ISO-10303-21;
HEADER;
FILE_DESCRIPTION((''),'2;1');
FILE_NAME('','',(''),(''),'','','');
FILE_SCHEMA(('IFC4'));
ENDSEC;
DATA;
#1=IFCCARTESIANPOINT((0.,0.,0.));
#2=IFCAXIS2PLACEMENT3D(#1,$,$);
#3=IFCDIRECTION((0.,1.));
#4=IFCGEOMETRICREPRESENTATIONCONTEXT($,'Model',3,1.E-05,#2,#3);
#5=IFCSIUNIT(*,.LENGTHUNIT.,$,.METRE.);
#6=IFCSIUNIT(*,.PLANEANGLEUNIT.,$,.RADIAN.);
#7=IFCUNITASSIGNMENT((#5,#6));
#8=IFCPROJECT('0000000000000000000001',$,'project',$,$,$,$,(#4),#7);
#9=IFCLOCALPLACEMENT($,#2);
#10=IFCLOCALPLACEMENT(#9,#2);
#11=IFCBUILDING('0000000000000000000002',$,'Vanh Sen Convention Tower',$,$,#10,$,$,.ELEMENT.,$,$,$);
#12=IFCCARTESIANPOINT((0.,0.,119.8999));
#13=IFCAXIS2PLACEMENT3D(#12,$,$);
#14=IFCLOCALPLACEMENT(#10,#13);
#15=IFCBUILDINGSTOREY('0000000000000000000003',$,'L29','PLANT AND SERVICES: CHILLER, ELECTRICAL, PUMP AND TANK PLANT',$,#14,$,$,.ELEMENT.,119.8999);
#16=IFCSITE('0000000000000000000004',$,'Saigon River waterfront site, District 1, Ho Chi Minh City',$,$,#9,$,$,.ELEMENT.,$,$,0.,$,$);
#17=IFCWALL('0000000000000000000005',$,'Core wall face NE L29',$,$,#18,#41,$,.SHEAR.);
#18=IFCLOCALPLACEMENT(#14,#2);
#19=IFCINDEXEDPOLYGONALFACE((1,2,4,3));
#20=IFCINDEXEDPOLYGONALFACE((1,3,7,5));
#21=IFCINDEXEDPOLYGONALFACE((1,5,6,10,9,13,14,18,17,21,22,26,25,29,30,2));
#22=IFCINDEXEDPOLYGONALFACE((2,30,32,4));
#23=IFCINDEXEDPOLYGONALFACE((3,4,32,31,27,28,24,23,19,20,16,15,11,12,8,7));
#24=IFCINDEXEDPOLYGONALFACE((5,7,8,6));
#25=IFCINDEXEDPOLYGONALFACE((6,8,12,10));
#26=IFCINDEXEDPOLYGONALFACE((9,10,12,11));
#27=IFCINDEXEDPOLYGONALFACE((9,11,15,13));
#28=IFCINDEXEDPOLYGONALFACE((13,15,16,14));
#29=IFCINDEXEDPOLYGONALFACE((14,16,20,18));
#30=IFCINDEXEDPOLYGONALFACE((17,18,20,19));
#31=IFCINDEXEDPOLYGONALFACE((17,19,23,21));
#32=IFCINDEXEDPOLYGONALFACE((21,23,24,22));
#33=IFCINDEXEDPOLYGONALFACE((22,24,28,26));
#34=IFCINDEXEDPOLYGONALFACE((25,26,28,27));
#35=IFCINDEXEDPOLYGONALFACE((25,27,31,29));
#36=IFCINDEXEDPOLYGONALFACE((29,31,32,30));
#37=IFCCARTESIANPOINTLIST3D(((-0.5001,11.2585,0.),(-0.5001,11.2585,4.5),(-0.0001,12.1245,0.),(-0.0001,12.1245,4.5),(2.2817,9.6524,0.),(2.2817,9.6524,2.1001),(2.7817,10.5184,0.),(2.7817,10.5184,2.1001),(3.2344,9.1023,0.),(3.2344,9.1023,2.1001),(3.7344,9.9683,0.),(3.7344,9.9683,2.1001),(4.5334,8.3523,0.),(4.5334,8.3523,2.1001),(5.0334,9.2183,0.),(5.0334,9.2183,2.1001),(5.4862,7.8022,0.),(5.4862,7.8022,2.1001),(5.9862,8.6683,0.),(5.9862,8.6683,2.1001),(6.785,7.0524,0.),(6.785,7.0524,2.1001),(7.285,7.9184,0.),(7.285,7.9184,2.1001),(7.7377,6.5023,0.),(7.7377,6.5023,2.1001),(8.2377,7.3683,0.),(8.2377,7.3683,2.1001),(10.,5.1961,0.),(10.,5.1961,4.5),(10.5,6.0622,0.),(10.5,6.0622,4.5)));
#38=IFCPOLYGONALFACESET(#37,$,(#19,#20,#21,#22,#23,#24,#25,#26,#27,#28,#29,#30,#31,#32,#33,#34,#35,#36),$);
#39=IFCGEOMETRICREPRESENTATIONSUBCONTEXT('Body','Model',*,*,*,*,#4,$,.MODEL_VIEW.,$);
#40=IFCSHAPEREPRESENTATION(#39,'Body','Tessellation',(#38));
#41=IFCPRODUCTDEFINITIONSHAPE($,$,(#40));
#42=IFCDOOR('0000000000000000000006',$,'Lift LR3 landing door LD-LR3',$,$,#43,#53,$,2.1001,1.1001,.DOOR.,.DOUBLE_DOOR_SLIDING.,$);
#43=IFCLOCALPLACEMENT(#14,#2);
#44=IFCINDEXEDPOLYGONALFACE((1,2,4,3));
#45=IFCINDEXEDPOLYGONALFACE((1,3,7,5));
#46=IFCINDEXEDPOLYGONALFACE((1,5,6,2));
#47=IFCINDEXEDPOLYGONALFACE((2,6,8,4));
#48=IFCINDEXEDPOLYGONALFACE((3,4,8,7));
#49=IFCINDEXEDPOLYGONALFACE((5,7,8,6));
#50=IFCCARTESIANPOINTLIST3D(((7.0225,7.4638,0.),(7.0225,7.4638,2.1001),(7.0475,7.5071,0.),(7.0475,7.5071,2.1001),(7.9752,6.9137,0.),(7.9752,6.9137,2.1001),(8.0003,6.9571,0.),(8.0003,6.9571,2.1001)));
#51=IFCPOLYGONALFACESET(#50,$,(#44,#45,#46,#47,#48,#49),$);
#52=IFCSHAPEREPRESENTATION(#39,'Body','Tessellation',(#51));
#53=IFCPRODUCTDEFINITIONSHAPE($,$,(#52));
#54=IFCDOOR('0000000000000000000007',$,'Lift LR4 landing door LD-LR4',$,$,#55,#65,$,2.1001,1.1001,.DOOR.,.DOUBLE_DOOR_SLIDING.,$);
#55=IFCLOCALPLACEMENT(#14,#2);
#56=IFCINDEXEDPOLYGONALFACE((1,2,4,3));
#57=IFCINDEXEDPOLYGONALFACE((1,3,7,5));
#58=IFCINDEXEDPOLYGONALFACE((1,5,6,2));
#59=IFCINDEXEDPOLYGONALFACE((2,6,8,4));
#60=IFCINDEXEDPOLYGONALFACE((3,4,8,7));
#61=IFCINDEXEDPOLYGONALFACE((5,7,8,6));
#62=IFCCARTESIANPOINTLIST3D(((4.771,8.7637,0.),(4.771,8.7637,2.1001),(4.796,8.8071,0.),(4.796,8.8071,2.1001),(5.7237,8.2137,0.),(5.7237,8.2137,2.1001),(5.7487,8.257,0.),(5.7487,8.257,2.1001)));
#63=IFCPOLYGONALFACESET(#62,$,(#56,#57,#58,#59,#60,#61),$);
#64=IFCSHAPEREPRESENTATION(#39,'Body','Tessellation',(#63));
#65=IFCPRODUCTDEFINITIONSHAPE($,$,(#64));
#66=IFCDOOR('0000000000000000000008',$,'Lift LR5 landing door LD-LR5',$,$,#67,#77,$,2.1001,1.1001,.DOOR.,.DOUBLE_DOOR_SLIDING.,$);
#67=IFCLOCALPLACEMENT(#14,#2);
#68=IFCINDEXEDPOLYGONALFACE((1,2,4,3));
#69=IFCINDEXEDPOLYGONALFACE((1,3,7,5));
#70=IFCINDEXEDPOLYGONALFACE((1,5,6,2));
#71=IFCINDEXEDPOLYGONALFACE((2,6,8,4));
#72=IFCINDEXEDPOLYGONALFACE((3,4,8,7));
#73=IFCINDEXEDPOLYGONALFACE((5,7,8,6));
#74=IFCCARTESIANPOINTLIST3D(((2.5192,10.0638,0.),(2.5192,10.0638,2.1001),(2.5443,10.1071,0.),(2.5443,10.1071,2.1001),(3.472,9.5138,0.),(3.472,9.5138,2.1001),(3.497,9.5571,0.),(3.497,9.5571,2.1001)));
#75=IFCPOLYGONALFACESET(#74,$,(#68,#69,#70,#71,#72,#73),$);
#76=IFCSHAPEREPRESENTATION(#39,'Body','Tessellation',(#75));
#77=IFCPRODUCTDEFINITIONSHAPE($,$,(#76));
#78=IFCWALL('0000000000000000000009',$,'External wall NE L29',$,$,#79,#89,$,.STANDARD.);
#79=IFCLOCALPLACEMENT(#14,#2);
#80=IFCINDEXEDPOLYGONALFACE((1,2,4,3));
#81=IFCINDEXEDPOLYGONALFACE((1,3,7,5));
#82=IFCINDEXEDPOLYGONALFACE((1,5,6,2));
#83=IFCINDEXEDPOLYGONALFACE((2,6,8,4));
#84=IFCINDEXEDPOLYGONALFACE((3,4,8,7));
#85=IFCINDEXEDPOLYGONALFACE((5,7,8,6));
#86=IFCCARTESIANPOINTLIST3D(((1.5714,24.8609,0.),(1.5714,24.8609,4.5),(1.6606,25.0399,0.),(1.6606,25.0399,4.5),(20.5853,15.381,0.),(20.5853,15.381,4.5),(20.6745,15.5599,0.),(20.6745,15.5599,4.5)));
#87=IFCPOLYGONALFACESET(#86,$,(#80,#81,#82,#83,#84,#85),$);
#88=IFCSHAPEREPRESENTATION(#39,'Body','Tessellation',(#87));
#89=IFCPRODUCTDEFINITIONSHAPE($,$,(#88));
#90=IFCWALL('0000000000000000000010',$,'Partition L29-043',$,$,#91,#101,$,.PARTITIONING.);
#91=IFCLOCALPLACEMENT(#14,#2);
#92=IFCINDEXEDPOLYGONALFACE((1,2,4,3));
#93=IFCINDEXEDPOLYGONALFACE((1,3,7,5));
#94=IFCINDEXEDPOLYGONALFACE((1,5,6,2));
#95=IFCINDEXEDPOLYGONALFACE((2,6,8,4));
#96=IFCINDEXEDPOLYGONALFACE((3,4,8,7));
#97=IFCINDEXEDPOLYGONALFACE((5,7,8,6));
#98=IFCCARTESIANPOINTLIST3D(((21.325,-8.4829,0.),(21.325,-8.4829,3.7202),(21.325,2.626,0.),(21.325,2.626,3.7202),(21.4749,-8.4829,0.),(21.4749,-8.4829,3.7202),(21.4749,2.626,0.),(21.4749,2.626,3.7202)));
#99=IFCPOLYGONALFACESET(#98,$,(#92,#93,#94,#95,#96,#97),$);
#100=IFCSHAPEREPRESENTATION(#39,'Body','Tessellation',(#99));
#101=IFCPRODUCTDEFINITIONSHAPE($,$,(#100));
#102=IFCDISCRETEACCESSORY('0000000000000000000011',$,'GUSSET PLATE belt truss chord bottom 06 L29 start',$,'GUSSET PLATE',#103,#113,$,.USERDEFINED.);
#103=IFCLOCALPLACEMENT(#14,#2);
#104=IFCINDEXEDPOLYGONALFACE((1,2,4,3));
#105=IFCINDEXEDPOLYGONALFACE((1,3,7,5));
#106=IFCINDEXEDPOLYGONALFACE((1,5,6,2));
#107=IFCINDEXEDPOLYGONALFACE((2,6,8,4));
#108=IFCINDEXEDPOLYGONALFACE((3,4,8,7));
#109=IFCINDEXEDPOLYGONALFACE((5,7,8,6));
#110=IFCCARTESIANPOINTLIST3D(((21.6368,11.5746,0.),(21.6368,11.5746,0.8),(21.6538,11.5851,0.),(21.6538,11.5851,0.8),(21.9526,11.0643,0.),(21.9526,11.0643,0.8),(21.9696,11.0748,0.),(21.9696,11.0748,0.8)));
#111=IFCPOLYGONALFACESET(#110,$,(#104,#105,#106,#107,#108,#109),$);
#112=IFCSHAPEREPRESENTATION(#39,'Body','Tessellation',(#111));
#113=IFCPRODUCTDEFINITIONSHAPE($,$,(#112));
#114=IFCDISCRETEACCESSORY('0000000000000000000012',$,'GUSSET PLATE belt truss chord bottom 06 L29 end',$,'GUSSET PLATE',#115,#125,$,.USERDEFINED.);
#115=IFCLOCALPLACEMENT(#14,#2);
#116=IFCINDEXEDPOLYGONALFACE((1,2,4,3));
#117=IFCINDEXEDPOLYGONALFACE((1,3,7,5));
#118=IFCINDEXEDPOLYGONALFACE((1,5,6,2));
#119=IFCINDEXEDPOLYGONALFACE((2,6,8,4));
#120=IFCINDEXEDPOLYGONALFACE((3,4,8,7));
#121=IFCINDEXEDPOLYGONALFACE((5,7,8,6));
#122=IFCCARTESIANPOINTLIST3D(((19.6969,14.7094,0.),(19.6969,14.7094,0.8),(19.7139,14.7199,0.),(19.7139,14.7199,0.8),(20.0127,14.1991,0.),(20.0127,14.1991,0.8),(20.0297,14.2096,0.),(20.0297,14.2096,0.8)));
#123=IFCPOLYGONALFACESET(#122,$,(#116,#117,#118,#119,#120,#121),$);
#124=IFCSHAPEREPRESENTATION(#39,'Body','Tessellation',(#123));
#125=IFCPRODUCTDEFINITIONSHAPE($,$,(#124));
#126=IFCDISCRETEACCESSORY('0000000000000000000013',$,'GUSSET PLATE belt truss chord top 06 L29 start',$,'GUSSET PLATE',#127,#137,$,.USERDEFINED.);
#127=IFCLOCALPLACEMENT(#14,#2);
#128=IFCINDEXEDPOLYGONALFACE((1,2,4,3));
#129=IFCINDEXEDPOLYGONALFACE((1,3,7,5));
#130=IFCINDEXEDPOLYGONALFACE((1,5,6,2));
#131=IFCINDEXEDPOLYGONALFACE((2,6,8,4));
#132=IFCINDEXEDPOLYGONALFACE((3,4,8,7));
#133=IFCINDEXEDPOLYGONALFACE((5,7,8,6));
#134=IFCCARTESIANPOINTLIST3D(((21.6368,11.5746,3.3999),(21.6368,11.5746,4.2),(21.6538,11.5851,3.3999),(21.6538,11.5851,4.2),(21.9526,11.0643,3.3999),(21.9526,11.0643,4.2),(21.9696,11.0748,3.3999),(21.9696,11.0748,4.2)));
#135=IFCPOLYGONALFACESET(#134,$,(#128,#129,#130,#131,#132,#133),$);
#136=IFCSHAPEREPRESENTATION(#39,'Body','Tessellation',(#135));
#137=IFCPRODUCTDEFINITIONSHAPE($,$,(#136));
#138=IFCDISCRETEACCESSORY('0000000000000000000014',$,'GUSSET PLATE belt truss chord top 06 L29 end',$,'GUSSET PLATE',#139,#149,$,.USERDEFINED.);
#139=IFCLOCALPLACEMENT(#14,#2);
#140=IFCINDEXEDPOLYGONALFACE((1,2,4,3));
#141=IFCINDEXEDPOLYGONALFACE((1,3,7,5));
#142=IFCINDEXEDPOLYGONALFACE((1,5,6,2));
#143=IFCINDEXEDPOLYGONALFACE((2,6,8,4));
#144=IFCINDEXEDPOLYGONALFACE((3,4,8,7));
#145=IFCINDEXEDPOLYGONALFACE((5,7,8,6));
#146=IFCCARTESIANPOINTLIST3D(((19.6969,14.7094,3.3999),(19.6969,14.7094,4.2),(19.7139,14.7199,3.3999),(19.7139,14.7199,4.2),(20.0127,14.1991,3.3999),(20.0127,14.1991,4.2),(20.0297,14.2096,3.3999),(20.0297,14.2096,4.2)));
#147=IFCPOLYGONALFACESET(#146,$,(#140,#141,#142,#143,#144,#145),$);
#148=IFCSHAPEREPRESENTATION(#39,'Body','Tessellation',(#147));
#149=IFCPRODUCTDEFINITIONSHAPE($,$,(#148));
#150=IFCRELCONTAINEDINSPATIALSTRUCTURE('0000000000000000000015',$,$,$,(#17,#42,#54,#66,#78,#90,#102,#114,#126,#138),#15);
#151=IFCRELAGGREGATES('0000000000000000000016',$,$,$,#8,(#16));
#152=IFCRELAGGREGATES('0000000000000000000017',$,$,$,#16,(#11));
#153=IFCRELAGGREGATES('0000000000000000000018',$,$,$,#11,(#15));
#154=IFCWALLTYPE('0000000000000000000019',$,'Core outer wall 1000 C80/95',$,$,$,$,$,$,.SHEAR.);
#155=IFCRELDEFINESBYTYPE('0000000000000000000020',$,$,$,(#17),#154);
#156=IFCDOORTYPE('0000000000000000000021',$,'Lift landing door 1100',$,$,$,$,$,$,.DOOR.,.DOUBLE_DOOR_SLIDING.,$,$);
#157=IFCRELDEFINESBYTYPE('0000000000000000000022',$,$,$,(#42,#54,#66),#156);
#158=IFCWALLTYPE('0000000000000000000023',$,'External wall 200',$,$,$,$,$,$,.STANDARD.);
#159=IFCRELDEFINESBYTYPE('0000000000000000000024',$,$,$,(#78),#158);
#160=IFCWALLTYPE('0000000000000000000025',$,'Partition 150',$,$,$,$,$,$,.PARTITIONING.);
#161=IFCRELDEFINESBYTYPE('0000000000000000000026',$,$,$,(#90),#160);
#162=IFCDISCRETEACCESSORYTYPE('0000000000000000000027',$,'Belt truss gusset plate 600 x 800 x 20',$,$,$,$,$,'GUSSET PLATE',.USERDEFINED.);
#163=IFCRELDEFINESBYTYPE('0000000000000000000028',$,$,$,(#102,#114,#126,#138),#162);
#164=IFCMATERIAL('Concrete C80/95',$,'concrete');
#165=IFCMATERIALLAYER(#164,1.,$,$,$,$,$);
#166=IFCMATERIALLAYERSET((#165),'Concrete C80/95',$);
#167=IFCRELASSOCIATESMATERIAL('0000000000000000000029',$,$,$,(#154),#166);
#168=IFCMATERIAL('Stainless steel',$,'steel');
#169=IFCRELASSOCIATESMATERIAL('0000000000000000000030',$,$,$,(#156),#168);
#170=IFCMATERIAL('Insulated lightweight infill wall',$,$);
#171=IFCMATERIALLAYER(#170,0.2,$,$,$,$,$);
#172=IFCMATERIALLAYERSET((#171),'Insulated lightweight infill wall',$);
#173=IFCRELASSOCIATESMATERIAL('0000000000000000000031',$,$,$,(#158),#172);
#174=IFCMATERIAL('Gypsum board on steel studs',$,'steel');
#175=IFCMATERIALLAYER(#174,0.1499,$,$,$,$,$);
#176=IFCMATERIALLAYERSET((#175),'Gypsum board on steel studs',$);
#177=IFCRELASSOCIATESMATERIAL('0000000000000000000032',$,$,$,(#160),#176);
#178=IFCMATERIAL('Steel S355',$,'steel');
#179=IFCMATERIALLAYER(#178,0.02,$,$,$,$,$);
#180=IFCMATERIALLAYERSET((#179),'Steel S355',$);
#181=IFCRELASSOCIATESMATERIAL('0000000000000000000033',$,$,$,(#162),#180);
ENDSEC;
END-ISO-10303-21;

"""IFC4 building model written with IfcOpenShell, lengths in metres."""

from ifc_helpers import new_model, si_unit, direction, frame, frame_2d, origin, origin_2d, place, context, subcontext, project, spatial, rectangle, extrude, material, layer, layer_set, type_object, element, fill, save


model = new_model("IFC4")

# Units and contexts
model_context = context("Model", 3, precision=1e-05, world=origin(), true_north=direction((0.0, 1.0)))
body_context = subcontext(model_context, "Body", "Model", "MODEL_VIEW")
ifc_project = project(units=[si_unit("LENGTHUNIT", "METRE"), si_unit("PLANEANGLEUNIT", "RADIAN")], contexts=[model_context])

# Site, building, storey
site_placement = place(None, origin())
site = spatial("IfcSite", under=ifc_project, at=site_placement, Name="Saigon River waterfront site, District 1, Ho Chi Minh City", CompositionType="ELEMENT", RefElevation=0.0)
building_placement = place(site_placement, origin())
building = spatial("IfcBuilding", under=site, at=building_placement, Name="Vanh Sen Convention Tower", CompositionType="ELEMENT")
storey_placement = place(building_placement, frame((0.0, 0.0, 119.8999)))
storey = spatial("IfcBuildingStorey", under=building, at=storey_placement, Name="L29", Description="PLANT AND SERVICES: CHILLER, ELECTRICAL, PUMP AND TANK PLANT", CompositionType="ELEMENT", Elevation=119.8999)

# Shared definitions
ifc_material_1 = material(Name="Concrete C80/95", Category="concrete")

# Wall, openings, doors
ifc_layer_1 = layer(ifc_material_1, 1.0)
ifc_layer_set_1 = layer_set([ifc_layer_1], Name="Concrete C80/95")
wall_type_1 = type_object("IfcWallType", Name="Core outer wall 1000 C80/95", PredefinedType="SHEAR", material=ifc_layer_set_1)
wall_1_placement = place(storey_placement, frame((10.25, 5.6292, 0.0), z_axis=(0.0, 0.0, 1.0), x_axis=(-0.866023, 0.500005, 0.0)))
wall_1 = element("IfcWall", 1, at=wall_1_placement, inside=storey, type_object=wall_type_1, Name="Core wall face NE L29", PredefinedType="SHEAR", context=body_context, shape_type="SweptSolid", body=[
    extrude(rectangle(XDim=12.1245, YDim=1.0, at=frame_2d((6.0623, 0.0))), origin(), (0.0, 0.0, 1.0), 4.5),
])
opening_1_placement = place(wall_1_placement, frame((2.6123, 0.0, 0.0)))
opening_1 = element("IfcOpeningElement", 2, at=opening_1_placement, cuts=wall_1, PredefinedType="OPENING", context=body_context, shape_type="SweptSolid", body=[
    extrude(rectangle(XDim=1.1001, YDim=2.1001, at=frame_2d((0.55, 1.05))), frame((0.0, 0.51, 0.0), z_axis=(0.0, -1.0, 0.0), x_axis=(1.0, 0.0, 0.0)), (0.0, 0.0, 1.0), 1.02),
])
opening_2_placement = place(wall_1_placement, frame((5.2122, 0.0, 0.0)))
opening_2 = element("IfcOpeningElement", 3, at=opening_2_placement, cuts=wall_1, PredefinedType="OPENING", context=body_context, shape_type="SweptSolid", body=[
    extrude(rectangle(XDim=1.1001, YDim=2.1001, at=frame_2d((0.55, 1.05))), frame((0.0, 0.51, 0.0), z_axis=(0.0, -1.0, 0.0), x_axis=(1.0, 0.0, 0.0)), (0.0, 0.0, 1.0), 1.02),
])
opening_3_placement = place(wall_1_placement, frame((7.8123, 0.0, 0.0)))
opening_3 = element("IfcOpeningElement", 4, at=opening_3_placement, cuts=wall_1, PredefinedType="OPENING", context=body_context, shape_type="SweptSolid", body=[
    extrude(rectangle(XDim=1.1001, YDim=2.1001, at=frame_2d((0.55, 1.05))), frame((0.0, 0.51, 0.0), z_axis=(0.0, -1.0, 0.0), x_axis=(1.0, 0.0, 0.0)), (0.0, 0.0, 1.0), 1.02),
])
ifc_material_2 = material(Name="Stainless steel", Category="steel")
door_type_1 = type_object("IfcDoorType", Name="Lift landing door 1100", OperationType="DOUBLE_DOOR_SLIDING", PredefinedType="DOOR", material=ifc_material_2)
door_1_placement = place(opening_1_placement, origin())
door_1 = element("IfcDoor", 5, at=door_1_placement, inside=storey, type_object=door_type_1, Name="Lift LR3 landing door LD-LR3", OperationType="DOUBLE_DOOR_SLIDING", OverallHeight=2.1001, OverallWidth=1.1001, PredefinedType="DOOR", context=body_context, shape_type="SweptSolid", body=[
    extrude(rectangle(XDim=1.1001, YDim=2.1001, at=frame_2d((0.55, 1.05))), frame((0.0, 0.0249, 0.0), z_axis=(0.0, -1.0, 0.0), x_axis=(1.0, 0.0, 0.0)), (0.0, 0.0, 1.0), 0.05),
])
fill(opening_1, door_1)
door_2_placement = place(opening_2_placement, origin())
door_2 = element("IfcDoor", 6, at=door_2_placement, inside=storey, type_object=door_type_1, Name="Lift LR4 landing door LD-LR4", OperationType="DOUBLE_DOOR_SLIDING", OverallHeight=2.1001, OverallWidth=1.1001, PredefinedType="DOOR", context=body_context, shape_type="SweptSolid", body=[
    extrude(rectangle(XDim=1.1001, YDim=2.1001, at=frame_2d((0.55, 1.05))), frame((0.0, 0.0249, 0.0), z_axis=(0.0, -1.0, 0.0), x_axis=(1.0, 0.0, 0.0)), (0.0, 0.0, 1.0), 0.05),
])
fill(opening_2, door_2)
door_3_placement = place(opening_3_placement, origin())
door_3 = element("IfcDoor", 7, at=door_3_placement, inside=storey, type_object=door_type_1, Name="Lift LR5 landing door LD-LR5", OperationType="DOUBLE_DOOR_SLIDING", OverallHeight=2.1001, OverallWidth=1.1001, PredefinedType="DOOR", context=body_context, shape_type="SweptSolid", body=[
    extrude(rectangle(XDim=1.1001, YDim=2.1001, at=frame_2d((0.55, 1.05))), frame((0.0, 0.0249, 0.0), z_axis=(0.0, -1.0, 0.0), x_axis=(1.0, 0.0, 0.0)), (0.0, 0.0, 1.0), 0.05),
])
fill(opening_3, door_3)

# Walls
ifc_material_3 = material(Name="Insulated lightweight infill wall")
ifc_layer_2 = layer(ifc_material_3, 0.2)
ifc_layer_set_2 = layer_set([ifc_layer_2], Name="Insulated lightweight infill wall")
wall_type_2 = type_object("IfcWallType", Name="External wall 200", PredefinedType="STANDARD", material=ifc_layer_set_2)
wall_2_placement = place(storey_placement, frame((20.6299, 15.4705, 0.0), z_axis=(0.0, 0.0, 1.0), x_axis=(-0.894935, 0.446197, 0.0)))
element("IfcWall", 8, at=wall_2_placement, inside=storey, type_object=wall_type_2, Name="External wall NE L29", PredefinedType="STANDARD", context=body_context, shape_type="SweptSolid", body=[
    extrude(rectangle(XDim=21.2461, YDim=0.2, at=frame_2d((10.623, 0.0))), origin(), (0.0, 0.0, 1.0), 4.5),
])
ifc_material_4 = material(Name="Gypsum board on steel studs", Category="steel")
ifc_layer_3 = layer(ifc_material_4, 0.1499)
ifc_layer_set_3 = layer_set([ifc_layer_3], Name="Gypsum board on steel studs")
wall_type_3 = type_object("IfcWallType", Name="Partition 150", PredefinedType="PARTITIONING", material=ifc_layer_set_3)
wall_3_placement = place(storey_placement, frame((21.3999, 2.626, 0.0), z_axis=(0.0, 0.0, 1.0), x_axis=(0.0, -1.0, 0.0)))
element("IfcWall", 9, at=wall_3_placement, inside=storey, type_object=wall_type_3, Name="Partition L29-043", PredefinedType="PARTITIONING", context=body_context, shape_type="SweptSolid", body=[
    extrude(rectangle(XDim=11.1089, YDim=0.1499, at=frame_2d((5.5544, 0.0))), origin(), (0.0, 0.0, 1.0), 3.7202),
])

# Discrete accessories
ifc_material_5 = material(Name="Steel S355", Category="steel")
ifc_layer_4 = layer(ifc_material_5, 0.02)
ifc_layer_set_4 = layer_set([ifc_layer_4], Name="Steel S355")
discrete_accessory_type = type_object("IfcDiscreteAccessoryType", Name="Belt truss gusset plate 600 x 800 x 20", ElementType="GUSSET PLATE", PredefinedType="USERDEFINED", material=ifc_layer_set_4)
for number, where, z_axis, x_axis, name in (
    (10, (21.8032, 11.3247, 0.0), (0.0, 0.0, 1.0), (-0.526211, 0.850354, 0.0), "GUSSET PLATE belt truss chord bottom 06 L29 start"),
    (11, (19.8633, 14.4595, 0.0), (0.0, 0.0, 1.0), (0.526211, -0.850354, 0.0), "GUSSET PLATE belt truss chord bottom 06 L29 end"),
    (12, (21.8032, 11.3247, 3.3999), (0.0, 0.0, 1.0), (-0.526211, 0.850354, 0.0), "GUSSET PLATE belt truss chord top 06 L29 start"),
    (13, (19.8633, 14.4595, 3.3999), (0.0, 0.0, 1.0), (0.526211, -0.850354, 0.0), "GUSSET PLATE belt truss chord top 06 L29 end"),
):
    element("IfcDiscreteAccessory", number, at=place(storey_placement, frame(where, z_axis=z_axis, x_axis=x_axis)), inside=storey, type_object=discrete_accessory_type, Name=name, ObjectType="GUSSET PLATE", PredefinedType="USERDEFINED", context=body_context, shape_type="SweptSolid", body=[
        extrude(rectangle(XDim=0.6001, YDim=0.02, at=origin_2d()), origin(), (0.0, 0.0, 1.0), 0.8),
    ])

save(model, "model.ifc")
